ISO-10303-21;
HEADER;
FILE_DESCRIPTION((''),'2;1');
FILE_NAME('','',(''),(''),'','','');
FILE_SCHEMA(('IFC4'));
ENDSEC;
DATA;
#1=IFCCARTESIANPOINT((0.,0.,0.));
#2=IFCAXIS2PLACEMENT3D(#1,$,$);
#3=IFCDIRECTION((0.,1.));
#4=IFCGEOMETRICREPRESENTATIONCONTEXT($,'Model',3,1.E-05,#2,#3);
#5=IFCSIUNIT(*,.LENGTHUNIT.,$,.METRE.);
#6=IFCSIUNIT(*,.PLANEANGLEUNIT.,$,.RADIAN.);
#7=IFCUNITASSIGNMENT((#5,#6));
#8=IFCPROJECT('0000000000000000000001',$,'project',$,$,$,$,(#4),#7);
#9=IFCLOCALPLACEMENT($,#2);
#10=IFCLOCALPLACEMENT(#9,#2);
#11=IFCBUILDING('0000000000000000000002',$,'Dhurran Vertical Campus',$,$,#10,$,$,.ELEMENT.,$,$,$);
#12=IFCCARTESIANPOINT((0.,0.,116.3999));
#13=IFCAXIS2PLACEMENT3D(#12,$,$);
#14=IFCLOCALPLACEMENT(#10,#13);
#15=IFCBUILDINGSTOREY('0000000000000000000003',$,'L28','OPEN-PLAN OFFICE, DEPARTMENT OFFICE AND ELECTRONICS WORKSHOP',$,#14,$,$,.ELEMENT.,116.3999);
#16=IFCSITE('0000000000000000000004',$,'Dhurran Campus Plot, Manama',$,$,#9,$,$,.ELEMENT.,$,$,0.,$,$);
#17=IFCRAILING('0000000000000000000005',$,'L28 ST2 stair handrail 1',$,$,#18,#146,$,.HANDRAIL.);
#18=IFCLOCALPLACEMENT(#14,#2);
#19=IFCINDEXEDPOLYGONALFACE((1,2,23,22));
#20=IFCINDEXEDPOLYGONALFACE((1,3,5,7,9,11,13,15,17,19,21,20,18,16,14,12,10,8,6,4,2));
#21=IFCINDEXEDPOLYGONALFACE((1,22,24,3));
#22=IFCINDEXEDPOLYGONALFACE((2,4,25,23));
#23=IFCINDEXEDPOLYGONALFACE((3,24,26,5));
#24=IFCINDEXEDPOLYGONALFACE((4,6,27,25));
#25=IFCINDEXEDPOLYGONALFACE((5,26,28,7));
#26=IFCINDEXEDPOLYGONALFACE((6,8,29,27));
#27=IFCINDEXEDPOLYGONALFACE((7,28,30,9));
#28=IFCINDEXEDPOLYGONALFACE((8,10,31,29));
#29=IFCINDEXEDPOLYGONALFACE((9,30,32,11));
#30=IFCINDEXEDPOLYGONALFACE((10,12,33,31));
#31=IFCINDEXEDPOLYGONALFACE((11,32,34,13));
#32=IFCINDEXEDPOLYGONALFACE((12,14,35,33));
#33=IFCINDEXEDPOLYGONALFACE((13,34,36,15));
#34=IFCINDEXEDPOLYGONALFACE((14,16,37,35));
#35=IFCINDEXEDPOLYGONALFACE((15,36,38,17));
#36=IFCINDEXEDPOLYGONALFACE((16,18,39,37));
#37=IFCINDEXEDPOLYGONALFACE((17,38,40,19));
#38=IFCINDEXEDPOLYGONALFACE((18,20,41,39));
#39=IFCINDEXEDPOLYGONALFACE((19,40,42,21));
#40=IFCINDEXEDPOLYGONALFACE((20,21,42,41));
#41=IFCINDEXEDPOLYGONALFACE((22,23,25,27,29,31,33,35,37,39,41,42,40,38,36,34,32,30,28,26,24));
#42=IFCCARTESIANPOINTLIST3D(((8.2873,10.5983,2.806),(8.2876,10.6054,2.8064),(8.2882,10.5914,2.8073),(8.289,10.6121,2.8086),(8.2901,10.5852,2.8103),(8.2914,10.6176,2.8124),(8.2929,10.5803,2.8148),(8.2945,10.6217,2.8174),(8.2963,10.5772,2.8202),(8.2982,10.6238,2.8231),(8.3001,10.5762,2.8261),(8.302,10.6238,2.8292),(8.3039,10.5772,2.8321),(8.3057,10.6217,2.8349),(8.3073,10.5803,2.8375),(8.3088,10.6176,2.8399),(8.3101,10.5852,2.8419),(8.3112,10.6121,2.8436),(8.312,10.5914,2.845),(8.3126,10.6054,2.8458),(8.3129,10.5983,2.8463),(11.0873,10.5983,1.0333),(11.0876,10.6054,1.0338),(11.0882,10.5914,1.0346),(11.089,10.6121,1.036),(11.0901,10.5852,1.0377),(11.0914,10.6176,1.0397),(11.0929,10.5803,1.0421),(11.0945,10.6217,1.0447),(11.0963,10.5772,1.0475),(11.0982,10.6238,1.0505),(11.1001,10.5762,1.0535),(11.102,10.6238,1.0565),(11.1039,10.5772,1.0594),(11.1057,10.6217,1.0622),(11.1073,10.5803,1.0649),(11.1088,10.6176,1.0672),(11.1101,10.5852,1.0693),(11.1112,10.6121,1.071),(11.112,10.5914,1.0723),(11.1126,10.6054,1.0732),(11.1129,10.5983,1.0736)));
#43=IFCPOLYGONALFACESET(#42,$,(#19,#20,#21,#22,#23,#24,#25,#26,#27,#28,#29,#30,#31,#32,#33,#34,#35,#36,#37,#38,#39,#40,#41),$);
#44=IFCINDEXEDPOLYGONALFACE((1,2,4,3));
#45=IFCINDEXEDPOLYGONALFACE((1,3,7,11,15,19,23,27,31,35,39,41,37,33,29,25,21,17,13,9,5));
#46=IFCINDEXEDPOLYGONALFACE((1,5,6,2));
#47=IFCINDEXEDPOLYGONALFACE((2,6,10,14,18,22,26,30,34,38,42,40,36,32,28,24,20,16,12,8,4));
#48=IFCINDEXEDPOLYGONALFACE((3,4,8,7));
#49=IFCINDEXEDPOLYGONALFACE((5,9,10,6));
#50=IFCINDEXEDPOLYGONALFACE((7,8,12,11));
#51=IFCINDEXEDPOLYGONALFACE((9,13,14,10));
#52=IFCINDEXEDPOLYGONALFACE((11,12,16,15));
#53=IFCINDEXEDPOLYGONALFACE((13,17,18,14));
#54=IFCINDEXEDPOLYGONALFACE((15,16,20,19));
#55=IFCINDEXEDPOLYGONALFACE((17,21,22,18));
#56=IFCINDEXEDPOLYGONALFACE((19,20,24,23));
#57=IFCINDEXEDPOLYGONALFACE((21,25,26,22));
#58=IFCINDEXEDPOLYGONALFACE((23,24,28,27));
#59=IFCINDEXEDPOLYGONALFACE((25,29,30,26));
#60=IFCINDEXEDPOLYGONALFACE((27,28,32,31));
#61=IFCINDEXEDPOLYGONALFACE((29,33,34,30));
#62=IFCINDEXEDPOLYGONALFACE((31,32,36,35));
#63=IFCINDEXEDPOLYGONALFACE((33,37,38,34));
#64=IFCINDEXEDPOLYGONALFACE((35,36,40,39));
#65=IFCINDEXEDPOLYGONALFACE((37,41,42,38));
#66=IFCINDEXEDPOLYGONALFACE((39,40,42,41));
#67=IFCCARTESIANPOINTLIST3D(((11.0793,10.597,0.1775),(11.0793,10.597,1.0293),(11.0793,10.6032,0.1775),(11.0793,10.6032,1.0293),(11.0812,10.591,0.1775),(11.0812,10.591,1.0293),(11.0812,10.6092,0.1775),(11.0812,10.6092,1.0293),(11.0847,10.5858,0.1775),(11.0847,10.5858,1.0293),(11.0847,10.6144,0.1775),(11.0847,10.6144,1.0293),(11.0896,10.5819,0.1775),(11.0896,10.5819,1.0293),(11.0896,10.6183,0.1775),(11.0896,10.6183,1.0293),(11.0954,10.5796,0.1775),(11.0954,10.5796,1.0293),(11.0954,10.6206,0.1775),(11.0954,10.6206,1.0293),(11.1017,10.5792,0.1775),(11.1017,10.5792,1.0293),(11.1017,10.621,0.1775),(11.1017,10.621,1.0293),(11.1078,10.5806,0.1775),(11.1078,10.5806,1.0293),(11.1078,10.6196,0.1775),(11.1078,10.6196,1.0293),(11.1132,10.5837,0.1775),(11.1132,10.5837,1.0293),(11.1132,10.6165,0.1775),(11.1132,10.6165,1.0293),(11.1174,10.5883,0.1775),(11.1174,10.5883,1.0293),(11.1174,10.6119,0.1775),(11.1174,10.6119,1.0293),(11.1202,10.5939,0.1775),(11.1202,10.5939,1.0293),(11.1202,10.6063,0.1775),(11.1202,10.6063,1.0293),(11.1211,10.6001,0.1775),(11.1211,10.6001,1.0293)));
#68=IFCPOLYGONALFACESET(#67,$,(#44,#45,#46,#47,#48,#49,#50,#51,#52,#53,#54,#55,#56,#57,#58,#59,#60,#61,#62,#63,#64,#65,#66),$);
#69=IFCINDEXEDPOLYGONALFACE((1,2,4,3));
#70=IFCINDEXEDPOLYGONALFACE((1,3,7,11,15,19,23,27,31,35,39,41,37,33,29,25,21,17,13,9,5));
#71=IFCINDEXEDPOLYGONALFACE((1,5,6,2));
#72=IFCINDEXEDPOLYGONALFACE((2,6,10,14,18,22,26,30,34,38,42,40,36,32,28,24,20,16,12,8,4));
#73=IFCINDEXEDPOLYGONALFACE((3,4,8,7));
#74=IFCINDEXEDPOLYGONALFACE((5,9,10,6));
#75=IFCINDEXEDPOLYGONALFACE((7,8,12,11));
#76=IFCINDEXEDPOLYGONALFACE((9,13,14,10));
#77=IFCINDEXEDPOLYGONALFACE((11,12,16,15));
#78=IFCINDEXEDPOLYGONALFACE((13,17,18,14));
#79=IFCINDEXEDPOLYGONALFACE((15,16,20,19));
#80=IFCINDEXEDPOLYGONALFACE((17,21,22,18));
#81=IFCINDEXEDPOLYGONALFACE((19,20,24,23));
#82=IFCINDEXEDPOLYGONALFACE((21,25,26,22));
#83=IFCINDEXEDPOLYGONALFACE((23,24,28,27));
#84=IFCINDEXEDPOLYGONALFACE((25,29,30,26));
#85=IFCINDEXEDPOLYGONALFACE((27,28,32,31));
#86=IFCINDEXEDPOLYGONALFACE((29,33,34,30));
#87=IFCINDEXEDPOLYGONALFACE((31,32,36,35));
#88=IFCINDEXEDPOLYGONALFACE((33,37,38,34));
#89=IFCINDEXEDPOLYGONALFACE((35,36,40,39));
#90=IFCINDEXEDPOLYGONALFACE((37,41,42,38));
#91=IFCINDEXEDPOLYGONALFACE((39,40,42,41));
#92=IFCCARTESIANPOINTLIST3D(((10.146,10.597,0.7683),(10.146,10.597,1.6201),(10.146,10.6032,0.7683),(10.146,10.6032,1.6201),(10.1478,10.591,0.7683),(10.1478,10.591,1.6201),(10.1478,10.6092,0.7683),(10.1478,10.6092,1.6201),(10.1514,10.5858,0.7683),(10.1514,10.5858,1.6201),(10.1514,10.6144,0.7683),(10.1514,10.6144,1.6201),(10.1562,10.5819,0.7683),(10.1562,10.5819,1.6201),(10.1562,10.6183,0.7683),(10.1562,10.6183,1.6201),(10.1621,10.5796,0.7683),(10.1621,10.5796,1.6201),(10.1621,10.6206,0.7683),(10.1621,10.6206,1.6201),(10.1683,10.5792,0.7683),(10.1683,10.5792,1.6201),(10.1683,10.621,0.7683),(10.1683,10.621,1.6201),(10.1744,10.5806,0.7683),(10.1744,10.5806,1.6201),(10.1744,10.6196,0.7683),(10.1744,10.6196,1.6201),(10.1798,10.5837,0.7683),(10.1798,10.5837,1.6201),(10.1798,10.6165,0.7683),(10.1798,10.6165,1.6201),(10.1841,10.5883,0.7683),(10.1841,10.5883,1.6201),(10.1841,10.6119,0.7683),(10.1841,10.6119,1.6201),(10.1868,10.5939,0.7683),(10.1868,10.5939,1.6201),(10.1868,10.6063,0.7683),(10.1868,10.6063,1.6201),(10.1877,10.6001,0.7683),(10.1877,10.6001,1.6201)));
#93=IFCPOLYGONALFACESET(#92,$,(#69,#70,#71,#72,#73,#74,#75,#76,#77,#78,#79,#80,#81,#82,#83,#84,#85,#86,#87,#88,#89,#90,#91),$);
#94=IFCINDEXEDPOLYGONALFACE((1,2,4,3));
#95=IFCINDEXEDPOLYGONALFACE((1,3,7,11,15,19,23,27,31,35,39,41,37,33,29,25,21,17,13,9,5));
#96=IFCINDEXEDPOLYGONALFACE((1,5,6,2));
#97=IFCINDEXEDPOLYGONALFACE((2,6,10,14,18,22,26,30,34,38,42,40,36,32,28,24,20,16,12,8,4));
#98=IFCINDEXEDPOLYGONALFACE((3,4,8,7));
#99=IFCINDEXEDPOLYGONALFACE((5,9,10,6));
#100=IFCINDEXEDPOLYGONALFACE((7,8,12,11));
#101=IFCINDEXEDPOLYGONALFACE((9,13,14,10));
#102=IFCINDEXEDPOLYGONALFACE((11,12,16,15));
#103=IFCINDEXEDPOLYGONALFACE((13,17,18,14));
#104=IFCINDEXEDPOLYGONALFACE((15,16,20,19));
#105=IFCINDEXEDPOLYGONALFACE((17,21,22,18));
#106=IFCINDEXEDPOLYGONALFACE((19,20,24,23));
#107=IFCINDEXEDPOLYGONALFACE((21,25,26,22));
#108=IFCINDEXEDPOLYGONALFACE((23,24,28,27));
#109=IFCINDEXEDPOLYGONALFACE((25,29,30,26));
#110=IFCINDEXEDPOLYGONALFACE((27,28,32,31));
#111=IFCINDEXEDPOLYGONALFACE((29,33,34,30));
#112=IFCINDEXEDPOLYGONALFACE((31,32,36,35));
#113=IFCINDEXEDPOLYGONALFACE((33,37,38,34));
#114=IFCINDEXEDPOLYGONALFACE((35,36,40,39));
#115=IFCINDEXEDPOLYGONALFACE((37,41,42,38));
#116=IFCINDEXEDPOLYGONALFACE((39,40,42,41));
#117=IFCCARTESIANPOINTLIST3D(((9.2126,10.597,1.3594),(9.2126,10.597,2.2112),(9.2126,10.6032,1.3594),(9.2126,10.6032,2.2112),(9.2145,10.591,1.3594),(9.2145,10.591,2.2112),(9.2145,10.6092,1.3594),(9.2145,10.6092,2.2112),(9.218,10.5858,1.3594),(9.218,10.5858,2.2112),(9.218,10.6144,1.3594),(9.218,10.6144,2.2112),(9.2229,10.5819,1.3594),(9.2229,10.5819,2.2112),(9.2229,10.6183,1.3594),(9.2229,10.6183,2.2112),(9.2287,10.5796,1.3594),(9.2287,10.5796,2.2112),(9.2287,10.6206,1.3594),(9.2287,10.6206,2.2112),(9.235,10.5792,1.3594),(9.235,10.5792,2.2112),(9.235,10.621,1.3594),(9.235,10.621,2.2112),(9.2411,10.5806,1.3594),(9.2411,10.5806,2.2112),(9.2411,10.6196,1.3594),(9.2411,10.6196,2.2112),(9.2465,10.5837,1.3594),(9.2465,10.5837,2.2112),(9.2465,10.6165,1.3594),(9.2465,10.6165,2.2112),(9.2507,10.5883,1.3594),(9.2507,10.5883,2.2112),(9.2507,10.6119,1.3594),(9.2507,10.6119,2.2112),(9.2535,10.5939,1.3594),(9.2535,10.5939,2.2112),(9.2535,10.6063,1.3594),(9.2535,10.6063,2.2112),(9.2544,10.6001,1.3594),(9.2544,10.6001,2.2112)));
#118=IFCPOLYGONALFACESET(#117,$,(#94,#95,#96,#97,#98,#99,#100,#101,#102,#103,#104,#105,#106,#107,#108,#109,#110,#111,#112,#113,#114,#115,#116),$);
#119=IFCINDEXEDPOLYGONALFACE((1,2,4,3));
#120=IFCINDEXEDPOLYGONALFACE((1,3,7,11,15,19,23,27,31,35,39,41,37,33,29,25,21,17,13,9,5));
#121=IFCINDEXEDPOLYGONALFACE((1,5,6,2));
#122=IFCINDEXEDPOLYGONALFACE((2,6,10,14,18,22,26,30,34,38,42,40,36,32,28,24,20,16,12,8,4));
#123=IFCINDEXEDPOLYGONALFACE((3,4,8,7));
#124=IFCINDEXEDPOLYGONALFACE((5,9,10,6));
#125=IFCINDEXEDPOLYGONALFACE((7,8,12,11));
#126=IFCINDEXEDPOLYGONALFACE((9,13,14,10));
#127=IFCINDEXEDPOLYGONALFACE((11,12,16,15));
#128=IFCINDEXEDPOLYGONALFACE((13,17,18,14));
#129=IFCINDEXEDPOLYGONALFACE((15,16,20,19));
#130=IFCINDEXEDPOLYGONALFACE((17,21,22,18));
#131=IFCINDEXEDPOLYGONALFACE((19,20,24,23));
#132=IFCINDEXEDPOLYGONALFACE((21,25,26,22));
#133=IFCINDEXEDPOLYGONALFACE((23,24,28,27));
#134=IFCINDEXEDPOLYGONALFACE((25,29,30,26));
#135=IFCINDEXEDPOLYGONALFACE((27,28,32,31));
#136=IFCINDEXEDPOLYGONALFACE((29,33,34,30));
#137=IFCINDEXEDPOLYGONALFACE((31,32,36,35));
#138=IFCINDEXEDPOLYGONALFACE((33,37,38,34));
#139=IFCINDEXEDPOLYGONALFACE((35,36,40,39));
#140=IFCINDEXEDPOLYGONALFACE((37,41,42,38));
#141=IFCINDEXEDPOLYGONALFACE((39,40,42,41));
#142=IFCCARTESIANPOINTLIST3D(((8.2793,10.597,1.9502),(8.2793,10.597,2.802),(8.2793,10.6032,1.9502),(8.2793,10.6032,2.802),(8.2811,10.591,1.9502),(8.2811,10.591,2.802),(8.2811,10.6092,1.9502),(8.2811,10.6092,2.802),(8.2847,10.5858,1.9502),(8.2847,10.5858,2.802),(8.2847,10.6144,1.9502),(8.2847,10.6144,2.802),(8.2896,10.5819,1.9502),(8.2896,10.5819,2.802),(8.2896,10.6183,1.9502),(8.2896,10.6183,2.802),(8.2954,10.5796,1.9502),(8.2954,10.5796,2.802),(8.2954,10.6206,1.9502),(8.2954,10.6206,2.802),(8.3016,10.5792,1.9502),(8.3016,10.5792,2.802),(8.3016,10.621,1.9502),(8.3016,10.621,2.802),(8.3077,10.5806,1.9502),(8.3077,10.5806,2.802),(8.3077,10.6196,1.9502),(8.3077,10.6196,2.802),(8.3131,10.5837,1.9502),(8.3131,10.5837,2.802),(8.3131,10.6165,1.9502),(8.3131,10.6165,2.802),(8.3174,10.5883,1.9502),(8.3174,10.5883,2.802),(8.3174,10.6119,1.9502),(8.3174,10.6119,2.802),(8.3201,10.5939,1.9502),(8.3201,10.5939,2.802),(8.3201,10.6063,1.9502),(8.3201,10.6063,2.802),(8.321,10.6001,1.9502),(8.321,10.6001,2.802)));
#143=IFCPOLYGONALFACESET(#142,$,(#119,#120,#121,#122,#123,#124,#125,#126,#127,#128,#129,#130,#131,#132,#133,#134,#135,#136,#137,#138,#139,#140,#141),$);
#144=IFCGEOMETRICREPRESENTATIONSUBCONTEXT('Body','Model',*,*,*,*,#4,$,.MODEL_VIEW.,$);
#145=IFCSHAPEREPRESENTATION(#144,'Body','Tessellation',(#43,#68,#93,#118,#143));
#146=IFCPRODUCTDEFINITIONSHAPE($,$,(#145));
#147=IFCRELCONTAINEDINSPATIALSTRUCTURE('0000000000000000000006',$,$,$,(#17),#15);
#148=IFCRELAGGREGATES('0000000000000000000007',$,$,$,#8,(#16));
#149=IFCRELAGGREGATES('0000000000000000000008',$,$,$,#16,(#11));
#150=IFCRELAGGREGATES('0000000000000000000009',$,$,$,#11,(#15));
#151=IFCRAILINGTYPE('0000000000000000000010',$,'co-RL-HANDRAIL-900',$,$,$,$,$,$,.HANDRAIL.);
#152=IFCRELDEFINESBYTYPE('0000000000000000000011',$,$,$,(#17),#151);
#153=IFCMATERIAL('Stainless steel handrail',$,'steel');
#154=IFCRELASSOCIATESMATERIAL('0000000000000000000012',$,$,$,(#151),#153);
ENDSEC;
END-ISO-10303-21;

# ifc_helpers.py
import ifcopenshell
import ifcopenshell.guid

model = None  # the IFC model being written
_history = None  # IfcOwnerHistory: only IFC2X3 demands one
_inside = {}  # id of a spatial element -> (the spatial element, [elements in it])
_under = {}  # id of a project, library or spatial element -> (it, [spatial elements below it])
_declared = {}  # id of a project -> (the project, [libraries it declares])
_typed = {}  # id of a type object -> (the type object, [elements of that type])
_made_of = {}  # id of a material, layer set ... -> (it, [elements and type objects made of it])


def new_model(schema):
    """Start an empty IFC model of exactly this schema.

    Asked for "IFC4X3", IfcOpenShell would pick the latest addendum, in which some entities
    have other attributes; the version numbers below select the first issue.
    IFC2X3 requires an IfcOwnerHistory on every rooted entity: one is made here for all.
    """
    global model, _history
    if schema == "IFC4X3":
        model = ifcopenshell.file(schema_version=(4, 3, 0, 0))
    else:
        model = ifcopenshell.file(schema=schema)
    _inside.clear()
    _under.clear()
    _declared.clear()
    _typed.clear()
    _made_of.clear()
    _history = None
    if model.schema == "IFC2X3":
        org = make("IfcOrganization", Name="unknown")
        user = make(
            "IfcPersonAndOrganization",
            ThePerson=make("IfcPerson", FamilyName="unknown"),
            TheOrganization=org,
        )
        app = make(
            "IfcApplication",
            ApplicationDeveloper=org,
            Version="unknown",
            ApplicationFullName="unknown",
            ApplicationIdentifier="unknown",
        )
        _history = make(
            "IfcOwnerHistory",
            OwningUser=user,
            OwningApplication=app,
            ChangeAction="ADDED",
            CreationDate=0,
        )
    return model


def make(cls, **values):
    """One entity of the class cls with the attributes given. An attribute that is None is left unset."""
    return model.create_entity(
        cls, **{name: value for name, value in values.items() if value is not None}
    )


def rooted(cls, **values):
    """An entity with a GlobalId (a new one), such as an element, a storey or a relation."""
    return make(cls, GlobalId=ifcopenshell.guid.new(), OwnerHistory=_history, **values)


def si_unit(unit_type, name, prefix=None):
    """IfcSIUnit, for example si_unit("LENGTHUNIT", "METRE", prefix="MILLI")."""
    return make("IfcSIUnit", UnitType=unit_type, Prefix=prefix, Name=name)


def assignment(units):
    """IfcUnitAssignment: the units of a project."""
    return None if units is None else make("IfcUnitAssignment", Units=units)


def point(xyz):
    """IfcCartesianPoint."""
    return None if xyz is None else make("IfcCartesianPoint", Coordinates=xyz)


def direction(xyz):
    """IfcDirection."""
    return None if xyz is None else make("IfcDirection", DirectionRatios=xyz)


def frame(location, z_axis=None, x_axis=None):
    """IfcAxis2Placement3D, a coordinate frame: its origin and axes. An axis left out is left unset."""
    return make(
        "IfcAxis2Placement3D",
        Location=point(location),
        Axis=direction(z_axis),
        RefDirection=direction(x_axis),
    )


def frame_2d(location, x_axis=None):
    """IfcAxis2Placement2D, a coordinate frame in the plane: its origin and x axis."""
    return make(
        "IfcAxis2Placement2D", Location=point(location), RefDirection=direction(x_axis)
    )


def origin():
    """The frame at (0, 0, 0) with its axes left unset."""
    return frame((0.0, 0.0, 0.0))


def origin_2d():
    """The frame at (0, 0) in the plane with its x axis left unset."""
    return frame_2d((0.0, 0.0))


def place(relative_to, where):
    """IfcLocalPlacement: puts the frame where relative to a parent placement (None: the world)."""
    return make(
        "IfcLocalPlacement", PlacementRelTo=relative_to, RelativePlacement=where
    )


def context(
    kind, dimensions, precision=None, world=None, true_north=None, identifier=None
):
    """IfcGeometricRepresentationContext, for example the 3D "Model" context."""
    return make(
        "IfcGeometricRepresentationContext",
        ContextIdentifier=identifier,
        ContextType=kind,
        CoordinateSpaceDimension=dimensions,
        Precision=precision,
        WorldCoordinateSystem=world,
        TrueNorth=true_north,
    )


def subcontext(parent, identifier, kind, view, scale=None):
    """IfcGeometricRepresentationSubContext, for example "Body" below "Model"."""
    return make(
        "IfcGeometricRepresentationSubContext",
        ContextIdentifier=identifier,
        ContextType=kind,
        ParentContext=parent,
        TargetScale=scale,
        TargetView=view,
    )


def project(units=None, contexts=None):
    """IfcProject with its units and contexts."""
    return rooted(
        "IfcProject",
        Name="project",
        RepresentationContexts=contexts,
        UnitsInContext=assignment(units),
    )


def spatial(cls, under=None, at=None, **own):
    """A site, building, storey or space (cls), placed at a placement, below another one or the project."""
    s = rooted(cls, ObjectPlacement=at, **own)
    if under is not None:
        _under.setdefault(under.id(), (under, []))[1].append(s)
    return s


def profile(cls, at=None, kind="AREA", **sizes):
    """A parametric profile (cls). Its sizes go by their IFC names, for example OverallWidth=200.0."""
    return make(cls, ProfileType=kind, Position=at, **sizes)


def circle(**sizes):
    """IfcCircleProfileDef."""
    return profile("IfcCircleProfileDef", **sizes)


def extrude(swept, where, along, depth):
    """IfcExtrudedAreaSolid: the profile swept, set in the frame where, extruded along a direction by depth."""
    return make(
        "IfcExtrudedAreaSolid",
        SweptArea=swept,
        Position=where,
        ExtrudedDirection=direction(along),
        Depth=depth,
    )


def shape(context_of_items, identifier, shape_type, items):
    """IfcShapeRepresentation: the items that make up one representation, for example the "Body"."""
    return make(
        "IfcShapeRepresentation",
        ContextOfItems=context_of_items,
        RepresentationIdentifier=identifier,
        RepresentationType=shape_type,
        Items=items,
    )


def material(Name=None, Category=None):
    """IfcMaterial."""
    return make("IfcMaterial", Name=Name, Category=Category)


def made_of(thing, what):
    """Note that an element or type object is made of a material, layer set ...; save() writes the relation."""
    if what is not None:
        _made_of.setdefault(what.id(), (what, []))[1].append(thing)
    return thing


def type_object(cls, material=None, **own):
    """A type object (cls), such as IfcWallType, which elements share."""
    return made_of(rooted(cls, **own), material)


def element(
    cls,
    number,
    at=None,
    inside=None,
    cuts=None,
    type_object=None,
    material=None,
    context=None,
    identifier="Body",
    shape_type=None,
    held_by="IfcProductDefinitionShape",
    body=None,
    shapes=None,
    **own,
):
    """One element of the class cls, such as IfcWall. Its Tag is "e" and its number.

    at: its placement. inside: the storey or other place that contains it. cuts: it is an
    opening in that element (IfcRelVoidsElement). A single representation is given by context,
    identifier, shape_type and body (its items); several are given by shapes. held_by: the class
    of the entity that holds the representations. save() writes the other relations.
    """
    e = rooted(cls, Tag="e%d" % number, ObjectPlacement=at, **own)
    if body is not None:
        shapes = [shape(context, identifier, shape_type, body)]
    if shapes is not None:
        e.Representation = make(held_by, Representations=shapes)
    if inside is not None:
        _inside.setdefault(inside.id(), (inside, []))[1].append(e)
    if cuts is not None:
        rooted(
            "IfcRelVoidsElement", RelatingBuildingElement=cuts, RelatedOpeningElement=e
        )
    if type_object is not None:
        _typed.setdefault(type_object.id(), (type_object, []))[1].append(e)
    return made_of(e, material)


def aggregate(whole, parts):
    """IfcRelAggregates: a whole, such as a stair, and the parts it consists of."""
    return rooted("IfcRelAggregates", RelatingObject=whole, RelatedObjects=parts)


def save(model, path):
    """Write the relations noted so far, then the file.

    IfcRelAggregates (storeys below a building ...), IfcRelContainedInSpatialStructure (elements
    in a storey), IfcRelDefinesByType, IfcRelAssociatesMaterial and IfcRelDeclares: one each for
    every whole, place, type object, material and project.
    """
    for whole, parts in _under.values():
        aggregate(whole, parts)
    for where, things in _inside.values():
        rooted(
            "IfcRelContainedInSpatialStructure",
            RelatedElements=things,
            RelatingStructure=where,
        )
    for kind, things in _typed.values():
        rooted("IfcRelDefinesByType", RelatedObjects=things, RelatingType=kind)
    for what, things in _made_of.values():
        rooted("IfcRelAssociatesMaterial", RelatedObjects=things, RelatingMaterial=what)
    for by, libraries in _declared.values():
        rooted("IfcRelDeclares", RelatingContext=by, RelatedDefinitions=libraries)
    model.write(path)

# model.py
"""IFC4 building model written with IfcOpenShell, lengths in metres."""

from ifc_helpers import new_model, si_unit, direction, frame, origin, origin_2d, place, context, subcontext, project, spatial, circle, extrude, material, type_object, element, save


model = new_model("IFC4")

# Units and contexts
model_context = context("Model", 3, precision=1e-05, world=origin(), true_north=direction((0.0, 1.0)))
body_context = subcontext(model_context, "Body", "Model", "MODEL_VIEW")
ifc_project = project(units=[si_unit("LENGTHUNIT", "METRE"), si_unit("PLANEANGLEUNIT", "RADIAN")], contexts=[model_context])

# Site, building, storey
site_placement = place(None, origin())
site = spatial("IfcSite", under=ifc_project, at=site_placement, Name="Dhurran Campus Plot, Manama", CompositionType="ELEMENT", RefElevation=0.0)
building_placement = place(site_placement, origin())
building = spatial("IfcBuilding", under=site, at=building_placement, Name="Dhurran Vertical Campus", CompositionType="ELEMENT")
storey_placement = place(building_placement, frame((0.0, 0.0, 116.3999)))
storey = spatial("IfcBuildingStorey", under=building, at=storey_placement, Name="L28", Description="OPEN-PLAN OFFICE, DEPARTMENT OFFICE AND ELECTRONICS WORKSHOP", CompositionType="ELEMENT", Elevation=116.3999)

# Railing
ifc_material_1 = material(Name="Stainless steel handrail", Category="steel")
railing_type_1 = type_object("IfcRailingType", Name="co-RL-HANDRAIL-900", PredefinedType="HANDRAIL", material=ifc_material_1)
railing_1_placement = place(storey_placement, frame((11.1001, 10.6001, 0.1775)))
element("IfcRailing", 1, at=railing_1_placement, inside=storey, type_object=railing_type_1, Name="L28 ST2 stair handrail 1", PredefinedType="HANDRAIL", context=body_context, shape_type="SweptSolid", body=[
    extrude(circle(Radius=0.0239, at=origin_2d()), frame((0.0, 0.0, 0.876), z_axis=(-0.844909, 0.0, 0.53491), x_axis=(0.0, -1.0, 0.0)), (0.0, 0.0, 1.0), 3.314),
    extrude(circle(Radius=0.021, at=origin_2d()), origin(), (0.0, 0.0, 1.0), 0.8518),
    extrude(circle(Radius=0.021, at=origin_2d()), frame((-0.9333, 0.0, 0.5908)), (0.0, 0.0, 1.0), 0.8518),
    extrude(circle(Radius=0.021, at=origin_2d()), frame((-1.8667, 0.0, 1.1819)), (0.0, 0.0, 1.0), 0.8518),
    extrude(circle(Radius=0.021, at=origin_2d()), frame((-2.8, 0.0, 1.7727)), (0.0, 0.0, 1.0), 0.8518),
])

save(model, "model.ifc")
